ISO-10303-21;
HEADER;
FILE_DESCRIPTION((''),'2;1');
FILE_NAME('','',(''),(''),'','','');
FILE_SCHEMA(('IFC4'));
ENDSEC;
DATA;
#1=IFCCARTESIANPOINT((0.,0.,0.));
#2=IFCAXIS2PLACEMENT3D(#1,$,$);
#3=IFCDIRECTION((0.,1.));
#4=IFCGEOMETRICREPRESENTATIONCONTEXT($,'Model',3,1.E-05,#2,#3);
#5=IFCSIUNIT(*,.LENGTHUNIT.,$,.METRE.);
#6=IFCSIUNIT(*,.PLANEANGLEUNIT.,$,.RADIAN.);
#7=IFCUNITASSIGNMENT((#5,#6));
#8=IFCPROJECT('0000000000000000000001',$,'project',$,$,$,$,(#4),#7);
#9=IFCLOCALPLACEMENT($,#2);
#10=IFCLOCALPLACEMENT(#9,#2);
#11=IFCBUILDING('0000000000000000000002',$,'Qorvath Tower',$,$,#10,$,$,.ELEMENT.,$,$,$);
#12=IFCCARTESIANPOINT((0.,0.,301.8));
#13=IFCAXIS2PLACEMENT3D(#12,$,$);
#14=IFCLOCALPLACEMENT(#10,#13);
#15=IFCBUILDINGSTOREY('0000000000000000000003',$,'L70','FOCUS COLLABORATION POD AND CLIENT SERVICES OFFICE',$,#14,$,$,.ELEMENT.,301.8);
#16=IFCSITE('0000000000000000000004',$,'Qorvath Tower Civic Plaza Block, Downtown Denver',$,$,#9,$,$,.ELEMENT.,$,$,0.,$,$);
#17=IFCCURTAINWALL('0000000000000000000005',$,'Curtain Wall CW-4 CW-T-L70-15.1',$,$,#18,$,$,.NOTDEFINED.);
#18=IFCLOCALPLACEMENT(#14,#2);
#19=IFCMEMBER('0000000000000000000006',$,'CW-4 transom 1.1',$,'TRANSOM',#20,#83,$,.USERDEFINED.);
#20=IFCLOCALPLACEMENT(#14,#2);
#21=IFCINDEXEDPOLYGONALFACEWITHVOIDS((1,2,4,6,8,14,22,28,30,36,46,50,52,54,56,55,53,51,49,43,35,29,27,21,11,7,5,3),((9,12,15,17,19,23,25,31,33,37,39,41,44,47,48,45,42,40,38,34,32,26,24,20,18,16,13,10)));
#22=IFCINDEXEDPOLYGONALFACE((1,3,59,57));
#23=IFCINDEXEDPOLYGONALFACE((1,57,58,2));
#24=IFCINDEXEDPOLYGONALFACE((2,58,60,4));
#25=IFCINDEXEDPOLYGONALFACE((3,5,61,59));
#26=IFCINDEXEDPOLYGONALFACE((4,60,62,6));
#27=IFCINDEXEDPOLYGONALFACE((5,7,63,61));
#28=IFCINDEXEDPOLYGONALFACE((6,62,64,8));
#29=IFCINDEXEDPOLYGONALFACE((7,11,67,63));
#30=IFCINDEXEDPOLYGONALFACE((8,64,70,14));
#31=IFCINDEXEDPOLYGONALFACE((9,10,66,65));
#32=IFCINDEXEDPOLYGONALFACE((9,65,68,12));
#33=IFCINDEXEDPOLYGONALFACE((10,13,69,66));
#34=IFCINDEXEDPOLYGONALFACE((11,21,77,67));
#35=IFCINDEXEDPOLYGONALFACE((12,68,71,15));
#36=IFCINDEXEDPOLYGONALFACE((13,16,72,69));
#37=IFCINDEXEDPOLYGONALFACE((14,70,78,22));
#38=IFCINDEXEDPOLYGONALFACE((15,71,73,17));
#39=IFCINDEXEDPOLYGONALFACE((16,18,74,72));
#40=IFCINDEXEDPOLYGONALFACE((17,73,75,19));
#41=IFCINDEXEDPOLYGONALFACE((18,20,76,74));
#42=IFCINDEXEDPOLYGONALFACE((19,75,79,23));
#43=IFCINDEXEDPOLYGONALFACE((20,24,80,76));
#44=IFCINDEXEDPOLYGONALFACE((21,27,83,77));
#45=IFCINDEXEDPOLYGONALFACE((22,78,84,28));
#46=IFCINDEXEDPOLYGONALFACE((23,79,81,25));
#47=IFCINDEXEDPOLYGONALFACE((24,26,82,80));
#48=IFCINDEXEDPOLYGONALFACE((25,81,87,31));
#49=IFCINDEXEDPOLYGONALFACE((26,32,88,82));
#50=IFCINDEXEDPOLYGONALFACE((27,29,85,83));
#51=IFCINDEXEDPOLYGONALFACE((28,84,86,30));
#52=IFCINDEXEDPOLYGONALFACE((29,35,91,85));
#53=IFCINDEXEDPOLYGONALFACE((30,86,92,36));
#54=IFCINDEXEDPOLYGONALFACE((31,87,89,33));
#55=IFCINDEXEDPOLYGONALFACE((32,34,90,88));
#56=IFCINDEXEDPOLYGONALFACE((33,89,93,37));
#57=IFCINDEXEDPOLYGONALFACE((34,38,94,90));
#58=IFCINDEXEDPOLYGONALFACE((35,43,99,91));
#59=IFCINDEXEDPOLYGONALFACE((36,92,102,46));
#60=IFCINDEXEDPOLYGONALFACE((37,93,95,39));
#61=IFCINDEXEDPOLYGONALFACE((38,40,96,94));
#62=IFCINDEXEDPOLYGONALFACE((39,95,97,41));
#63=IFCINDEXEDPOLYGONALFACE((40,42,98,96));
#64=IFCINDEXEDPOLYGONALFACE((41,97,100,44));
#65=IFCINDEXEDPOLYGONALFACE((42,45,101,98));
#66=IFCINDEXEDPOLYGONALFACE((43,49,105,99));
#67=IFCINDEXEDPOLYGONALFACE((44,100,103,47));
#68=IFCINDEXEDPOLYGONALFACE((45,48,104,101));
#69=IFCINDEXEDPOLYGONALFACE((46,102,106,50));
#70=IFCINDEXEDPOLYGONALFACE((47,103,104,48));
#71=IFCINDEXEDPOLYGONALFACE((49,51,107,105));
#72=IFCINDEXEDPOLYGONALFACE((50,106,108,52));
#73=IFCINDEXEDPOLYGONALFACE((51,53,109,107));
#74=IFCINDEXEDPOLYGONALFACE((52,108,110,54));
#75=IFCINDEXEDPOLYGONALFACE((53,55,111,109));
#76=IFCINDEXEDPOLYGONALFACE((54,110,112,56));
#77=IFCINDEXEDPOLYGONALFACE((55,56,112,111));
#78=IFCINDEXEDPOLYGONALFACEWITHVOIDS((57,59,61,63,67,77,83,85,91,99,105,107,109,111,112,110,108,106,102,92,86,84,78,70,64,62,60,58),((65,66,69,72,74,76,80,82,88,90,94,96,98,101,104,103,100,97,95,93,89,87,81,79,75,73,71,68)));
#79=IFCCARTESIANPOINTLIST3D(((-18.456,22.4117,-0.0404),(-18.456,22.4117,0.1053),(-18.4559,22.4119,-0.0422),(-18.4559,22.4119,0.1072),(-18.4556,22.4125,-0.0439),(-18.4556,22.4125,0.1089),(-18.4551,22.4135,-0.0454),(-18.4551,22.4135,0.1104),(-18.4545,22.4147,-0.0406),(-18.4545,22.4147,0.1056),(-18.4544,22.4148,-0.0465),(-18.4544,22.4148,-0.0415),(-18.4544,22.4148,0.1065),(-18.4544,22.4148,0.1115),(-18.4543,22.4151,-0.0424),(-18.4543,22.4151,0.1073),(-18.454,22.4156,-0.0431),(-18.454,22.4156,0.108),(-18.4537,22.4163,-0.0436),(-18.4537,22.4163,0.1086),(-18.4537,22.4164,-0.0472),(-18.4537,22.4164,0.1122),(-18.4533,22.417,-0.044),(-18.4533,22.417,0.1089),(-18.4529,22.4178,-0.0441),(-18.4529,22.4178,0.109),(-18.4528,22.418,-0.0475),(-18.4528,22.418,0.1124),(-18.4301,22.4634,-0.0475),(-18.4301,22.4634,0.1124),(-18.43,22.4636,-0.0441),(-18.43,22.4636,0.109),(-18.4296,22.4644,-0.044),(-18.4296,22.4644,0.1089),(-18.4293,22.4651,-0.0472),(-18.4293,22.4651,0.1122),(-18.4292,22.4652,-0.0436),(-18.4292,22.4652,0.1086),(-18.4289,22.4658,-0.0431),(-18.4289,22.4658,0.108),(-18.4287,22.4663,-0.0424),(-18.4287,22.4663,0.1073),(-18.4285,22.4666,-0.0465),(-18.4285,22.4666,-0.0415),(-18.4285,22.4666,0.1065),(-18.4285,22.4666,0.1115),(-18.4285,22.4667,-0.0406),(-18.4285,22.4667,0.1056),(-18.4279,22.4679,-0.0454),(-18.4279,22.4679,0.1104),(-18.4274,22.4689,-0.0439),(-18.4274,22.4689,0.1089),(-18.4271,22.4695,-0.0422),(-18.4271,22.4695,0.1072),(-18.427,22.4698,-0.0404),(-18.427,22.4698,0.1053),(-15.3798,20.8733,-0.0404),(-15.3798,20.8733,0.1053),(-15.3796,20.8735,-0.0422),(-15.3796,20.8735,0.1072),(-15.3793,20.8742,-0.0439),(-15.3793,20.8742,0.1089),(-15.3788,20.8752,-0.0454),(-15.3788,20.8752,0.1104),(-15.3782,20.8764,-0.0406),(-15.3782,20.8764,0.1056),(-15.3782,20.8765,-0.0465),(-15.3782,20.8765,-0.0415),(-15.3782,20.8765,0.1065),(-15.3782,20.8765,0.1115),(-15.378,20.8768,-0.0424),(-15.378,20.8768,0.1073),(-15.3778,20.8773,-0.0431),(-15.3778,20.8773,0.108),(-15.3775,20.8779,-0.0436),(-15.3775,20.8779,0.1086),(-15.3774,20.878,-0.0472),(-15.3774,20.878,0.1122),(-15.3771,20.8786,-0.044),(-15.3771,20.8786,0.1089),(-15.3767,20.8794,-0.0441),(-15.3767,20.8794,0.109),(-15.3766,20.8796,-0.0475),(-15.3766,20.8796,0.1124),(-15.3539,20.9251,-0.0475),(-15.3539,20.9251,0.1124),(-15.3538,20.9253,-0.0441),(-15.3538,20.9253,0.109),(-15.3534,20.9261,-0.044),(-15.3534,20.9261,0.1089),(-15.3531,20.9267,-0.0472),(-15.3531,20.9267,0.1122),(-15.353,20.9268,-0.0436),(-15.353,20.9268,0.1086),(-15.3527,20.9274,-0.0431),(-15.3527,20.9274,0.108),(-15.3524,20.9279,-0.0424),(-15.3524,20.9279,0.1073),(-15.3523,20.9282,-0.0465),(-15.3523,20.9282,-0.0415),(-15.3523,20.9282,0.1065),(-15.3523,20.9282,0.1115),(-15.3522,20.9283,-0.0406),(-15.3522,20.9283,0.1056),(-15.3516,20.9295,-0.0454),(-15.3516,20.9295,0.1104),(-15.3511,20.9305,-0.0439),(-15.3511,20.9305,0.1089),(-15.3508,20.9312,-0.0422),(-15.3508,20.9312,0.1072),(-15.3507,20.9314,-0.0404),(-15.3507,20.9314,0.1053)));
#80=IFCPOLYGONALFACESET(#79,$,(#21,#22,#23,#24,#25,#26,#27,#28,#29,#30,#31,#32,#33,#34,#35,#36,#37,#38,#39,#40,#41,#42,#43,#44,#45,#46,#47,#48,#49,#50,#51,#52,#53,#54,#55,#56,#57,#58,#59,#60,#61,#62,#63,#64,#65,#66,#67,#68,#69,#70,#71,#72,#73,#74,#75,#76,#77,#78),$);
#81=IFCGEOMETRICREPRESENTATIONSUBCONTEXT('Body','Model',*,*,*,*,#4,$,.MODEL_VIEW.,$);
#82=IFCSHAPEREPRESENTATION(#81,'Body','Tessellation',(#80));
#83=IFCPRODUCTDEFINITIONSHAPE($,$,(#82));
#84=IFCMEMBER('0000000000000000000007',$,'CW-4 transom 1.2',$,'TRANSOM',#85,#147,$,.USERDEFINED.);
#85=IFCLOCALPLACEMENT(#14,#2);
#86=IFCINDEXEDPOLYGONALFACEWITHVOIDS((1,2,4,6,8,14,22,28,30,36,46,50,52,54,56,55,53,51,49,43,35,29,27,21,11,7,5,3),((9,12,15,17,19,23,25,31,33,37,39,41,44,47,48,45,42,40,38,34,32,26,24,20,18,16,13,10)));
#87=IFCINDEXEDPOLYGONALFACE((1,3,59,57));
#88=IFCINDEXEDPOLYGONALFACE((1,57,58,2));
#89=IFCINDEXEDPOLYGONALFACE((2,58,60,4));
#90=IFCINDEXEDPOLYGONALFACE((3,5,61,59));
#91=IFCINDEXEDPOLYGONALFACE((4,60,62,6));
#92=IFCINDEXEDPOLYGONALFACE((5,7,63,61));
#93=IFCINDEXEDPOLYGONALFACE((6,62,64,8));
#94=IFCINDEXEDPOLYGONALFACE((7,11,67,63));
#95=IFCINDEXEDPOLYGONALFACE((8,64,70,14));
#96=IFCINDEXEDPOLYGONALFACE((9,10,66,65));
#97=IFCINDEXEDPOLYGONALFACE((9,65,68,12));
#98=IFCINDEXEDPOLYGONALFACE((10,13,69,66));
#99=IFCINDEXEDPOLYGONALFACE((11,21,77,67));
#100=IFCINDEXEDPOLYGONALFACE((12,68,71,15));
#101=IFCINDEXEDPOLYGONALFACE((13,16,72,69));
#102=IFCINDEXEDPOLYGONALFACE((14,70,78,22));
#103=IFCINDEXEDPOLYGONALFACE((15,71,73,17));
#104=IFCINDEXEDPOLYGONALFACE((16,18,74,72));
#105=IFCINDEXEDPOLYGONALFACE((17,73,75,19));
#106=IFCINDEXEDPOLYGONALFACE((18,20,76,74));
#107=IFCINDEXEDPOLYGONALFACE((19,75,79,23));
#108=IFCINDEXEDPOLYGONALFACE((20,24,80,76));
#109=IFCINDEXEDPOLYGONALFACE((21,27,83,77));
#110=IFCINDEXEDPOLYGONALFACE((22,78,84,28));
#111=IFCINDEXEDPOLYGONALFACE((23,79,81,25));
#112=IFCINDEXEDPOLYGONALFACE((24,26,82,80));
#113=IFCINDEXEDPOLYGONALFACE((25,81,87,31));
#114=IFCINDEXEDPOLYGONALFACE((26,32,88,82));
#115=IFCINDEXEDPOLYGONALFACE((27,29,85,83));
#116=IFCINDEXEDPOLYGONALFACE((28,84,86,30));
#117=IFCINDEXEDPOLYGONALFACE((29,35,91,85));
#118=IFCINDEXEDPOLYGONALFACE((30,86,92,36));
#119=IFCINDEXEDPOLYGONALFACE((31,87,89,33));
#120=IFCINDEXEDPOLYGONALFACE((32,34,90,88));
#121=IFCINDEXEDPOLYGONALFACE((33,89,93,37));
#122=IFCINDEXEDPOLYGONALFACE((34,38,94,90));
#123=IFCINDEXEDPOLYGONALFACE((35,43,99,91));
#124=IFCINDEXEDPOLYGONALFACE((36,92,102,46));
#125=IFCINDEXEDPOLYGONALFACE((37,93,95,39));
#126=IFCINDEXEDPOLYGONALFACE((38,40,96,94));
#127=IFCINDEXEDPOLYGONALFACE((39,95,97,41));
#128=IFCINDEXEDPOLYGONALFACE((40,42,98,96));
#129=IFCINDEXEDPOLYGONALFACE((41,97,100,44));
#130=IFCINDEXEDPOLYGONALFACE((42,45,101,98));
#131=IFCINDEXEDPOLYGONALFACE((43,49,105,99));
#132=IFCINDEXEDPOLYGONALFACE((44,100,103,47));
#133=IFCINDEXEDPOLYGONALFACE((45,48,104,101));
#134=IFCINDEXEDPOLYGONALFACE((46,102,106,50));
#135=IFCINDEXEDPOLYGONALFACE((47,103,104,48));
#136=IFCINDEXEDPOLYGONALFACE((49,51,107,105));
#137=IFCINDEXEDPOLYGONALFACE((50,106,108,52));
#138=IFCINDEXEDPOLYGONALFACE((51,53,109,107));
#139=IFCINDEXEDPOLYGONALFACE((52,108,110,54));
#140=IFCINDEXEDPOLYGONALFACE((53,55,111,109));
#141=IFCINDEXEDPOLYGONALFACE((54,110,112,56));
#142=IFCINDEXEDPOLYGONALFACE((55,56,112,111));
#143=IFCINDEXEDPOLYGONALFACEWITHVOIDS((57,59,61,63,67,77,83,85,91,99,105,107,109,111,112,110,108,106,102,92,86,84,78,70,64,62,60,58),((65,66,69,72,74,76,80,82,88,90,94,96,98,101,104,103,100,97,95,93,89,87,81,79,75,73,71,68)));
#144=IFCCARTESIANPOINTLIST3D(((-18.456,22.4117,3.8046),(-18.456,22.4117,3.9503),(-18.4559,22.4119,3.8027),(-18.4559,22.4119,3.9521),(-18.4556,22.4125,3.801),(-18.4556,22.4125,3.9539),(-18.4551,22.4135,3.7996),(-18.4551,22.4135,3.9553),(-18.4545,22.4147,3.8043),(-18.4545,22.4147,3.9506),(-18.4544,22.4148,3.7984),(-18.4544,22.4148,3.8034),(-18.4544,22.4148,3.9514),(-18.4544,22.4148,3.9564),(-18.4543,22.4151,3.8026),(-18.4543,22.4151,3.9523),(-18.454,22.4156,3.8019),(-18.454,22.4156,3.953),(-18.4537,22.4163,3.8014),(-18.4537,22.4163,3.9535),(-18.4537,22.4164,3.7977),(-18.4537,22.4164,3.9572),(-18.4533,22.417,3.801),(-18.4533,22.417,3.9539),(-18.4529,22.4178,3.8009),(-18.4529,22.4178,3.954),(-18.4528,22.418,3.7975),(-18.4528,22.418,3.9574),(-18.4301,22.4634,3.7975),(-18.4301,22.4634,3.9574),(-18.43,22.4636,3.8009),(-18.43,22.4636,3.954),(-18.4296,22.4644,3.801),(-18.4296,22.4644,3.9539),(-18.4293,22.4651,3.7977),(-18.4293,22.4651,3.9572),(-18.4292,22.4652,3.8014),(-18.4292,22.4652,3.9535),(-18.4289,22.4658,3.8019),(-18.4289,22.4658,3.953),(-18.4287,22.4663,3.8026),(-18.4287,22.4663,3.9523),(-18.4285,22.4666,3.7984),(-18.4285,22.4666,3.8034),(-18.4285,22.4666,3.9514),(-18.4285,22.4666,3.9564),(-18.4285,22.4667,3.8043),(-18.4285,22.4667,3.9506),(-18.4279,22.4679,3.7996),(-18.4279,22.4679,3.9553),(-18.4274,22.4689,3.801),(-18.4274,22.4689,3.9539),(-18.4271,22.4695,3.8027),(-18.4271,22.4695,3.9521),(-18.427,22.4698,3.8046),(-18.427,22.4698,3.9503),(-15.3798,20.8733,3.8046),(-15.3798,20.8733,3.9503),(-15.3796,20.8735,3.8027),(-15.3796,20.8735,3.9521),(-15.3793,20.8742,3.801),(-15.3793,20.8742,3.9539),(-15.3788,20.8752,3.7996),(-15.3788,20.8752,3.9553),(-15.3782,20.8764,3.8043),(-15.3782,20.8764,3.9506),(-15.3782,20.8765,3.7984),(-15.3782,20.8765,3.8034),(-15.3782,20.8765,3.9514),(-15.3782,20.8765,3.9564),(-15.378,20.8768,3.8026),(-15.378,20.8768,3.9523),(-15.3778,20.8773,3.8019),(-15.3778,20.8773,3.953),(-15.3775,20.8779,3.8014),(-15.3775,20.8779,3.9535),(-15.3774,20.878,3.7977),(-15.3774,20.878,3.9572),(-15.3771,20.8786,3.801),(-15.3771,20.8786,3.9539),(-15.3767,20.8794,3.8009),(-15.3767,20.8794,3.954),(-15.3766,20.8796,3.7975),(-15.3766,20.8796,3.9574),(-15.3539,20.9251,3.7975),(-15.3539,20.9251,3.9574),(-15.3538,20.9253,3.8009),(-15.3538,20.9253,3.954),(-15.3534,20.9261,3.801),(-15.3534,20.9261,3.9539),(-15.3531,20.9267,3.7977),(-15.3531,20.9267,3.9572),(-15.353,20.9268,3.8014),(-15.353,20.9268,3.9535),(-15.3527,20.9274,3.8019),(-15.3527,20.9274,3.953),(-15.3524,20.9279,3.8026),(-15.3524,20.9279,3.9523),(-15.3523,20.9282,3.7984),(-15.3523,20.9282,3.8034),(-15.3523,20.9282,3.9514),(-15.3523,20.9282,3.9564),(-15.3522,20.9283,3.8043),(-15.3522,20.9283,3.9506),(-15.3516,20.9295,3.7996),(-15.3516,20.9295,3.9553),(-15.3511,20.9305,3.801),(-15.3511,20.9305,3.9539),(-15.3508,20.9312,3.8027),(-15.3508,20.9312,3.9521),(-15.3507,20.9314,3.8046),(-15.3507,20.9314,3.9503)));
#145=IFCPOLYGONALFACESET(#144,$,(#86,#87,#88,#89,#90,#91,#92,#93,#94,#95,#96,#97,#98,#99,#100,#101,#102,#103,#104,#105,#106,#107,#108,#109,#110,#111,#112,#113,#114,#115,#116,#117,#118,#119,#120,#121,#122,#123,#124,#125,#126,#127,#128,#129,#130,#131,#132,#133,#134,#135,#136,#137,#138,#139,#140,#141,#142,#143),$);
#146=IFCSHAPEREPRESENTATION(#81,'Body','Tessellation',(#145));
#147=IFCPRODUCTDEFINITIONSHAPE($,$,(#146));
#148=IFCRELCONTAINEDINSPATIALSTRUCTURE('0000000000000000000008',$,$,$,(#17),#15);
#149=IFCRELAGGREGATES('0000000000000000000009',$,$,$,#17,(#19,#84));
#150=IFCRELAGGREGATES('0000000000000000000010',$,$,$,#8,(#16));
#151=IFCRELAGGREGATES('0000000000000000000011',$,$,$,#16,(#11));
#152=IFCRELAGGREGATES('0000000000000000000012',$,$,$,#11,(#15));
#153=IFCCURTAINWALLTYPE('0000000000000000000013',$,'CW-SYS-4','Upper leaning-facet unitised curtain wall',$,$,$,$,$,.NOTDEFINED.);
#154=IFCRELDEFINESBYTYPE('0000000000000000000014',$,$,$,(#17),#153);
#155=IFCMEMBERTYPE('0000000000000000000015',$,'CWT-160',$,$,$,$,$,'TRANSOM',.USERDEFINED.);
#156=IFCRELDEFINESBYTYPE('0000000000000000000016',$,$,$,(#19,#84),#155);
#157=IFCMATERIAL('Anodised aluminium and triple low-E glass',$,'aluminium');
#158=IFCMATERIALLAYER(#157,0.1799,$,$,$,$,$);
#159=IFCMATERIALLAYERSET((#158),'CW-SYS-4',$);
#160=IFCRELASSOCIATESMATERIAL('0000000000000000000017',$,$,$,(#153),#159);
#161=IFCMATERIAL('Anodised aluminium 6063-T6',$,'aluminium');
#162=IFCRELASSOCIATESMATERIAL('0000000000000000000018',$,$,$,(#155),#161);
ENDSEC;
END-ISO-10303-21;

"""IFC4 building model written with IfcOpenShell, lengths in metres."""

from ifc_helpers import new_model, si_unit, direction, frame, origin, origin_2d, place, context, subcontext, project, spatial, hollow_rectangle, extrude, material, layer, layer_set, material_profile, profile_set, type_object, element, aggregate, save


model = new_model("IFC4")

# Units and contexts
model_context = context("Model", 3, precision=1e-05, world=origin(), true_north=direction((0.0, 1.0)))
body_context = subcontext(model_context, "Body", "Model", "MODEL_VIEW")
ifc_project = project(units=[si_unit("LENGTHUNIT", "METRE"), si_unit("PLANEANGLEUNIT", "RADIAN")], contexts=[model_context])

# Site, building, storey
site_placement = place(None, origin())
site = spatial("IfcSite", under=ifc_project, at=site_placement, Name="Qorvath Tower Civic Plaza Block, Downtown Denver", CompositionType="ELEMENT", RefElevation=0.0)
building_placement = place(site_placement, origin())
building = spatial("IfcBuilding", under=site, at=building_placement, Name="Qorvath Tower", CompositionType="ELEMENT")
storey_placement = place(building_placement, frame((0.0, 0.0, 301.8)))
storey = spatial("IfcBuildingStorey", under=building, at=storey_placement, Name="L70", Description="FOCUS COLLABORATION POD AND CLIENT SERVICES OFFICE", CompositionType="ELEMENT", Elevation=301.8)

# Shared definitions
ifc_material_1 = material(Name="Anodised aluminium and triple low-E glass", Category="aluminium")
ifc_layer_1 = layer(ifc_material_1, 0.1799)
ifc_layer_set_1 = layer_set([ifc_layer_1], Name="CW-SYS-4")
curtain_wall_type = type_object("IfcCurtainWallType", Name="CW-SYS-4", Description="Upper leaning-facet unitised curtain wall", PredefinedType="NOTDEFINED", material=ifc_layer_set_1)

# Curtain wall
curtain_wall_1_placement = place(storey_placement, origin())
curtain_wall_1 = element("IfcCurtainWall", 1, at=curtain_wall_1_placement, inside=storey, type_object=curtain_wall_type, Name="Curtain Wall CW-4 CW-T-L70-15.1", PredefinedType="NOTDEFINED")

# Members
ifc_material_2 = material(Name="Anodised aluminium 6063-T6", Category="aluminium")
ifc_material_profile_1 = material_profile(ifc_material_2, hollow_rectangle(XDim=0.0649, YDim=0.1599, WallThickness=0.0034, InnerFilletRadius=0.0034, OuterFilletRadius=0.0071, at=origin_2d()), Name="CWT 160x65")
ifc_profile_set_1 = profile_set([ifc_material_profile_1], Name="Anodised aluminium 6063-T6")
member_type_1 = type_object("IfcMemberType", Name="CWT-160", ElementType="TRANSOM", PredefinedType="USERDEFINED", material=ifc_profile_set_1)
member_1_placement = place(storey_placement, frame((-15.3652, 20.9023, 0.0325), z_axis=(-0.894399, 0.44727, 0.0), x_axis=(-0.44727, -0.894399, 0.0)))
member_1 = element("IfcMember", 2, at=member_1_placement, type_object=member_type_1, Name="CW-4 transom 1.1", ObjectType="TRANSOM", PredefinedType="USERDEFINED", context=body_context, shape_type="SweptSolid", body=[
    extrude(hollow_rectangle(XDim=0.0649, YDim=0.1599, WallThickness=0.0034, InnerFilletRadius=0.0034, OuterFilletRadius=0.0071, at=origin_2d()), origin(), (0.0, 0.0, 1.0), 3.4395),
])
member_2_placement = place(storey_placement, frame((-15.3652, 20.9023, 3.8774), z_axis=(-0.894399, 0.44727, 0.0), x_axis=(-0.44727, -0.894399, 0.0)))
member_2 = element("IfcMember", 3, at=member_2_placement, type_object=member_type_1, Name="CW-4 transom 1.2", ObjectType="TRANSOM", PredefinedType="USERDEFINED", context=body_context, shape_type="SweptSolid", body=[
    extrude(hollow_rectangle(XDim=0.0649, YDim=0.1599, WallThickness=0.0034, InnerFilletRadius=0.0034, OuterFilletRadius=0.0071, at=origin_2d()), origin(), (0.0, 0.0, 1.0), 3.4395),
])

aggregate(curtain_wall_1, [member_1, member_2])

save(model, "model.ifc")
